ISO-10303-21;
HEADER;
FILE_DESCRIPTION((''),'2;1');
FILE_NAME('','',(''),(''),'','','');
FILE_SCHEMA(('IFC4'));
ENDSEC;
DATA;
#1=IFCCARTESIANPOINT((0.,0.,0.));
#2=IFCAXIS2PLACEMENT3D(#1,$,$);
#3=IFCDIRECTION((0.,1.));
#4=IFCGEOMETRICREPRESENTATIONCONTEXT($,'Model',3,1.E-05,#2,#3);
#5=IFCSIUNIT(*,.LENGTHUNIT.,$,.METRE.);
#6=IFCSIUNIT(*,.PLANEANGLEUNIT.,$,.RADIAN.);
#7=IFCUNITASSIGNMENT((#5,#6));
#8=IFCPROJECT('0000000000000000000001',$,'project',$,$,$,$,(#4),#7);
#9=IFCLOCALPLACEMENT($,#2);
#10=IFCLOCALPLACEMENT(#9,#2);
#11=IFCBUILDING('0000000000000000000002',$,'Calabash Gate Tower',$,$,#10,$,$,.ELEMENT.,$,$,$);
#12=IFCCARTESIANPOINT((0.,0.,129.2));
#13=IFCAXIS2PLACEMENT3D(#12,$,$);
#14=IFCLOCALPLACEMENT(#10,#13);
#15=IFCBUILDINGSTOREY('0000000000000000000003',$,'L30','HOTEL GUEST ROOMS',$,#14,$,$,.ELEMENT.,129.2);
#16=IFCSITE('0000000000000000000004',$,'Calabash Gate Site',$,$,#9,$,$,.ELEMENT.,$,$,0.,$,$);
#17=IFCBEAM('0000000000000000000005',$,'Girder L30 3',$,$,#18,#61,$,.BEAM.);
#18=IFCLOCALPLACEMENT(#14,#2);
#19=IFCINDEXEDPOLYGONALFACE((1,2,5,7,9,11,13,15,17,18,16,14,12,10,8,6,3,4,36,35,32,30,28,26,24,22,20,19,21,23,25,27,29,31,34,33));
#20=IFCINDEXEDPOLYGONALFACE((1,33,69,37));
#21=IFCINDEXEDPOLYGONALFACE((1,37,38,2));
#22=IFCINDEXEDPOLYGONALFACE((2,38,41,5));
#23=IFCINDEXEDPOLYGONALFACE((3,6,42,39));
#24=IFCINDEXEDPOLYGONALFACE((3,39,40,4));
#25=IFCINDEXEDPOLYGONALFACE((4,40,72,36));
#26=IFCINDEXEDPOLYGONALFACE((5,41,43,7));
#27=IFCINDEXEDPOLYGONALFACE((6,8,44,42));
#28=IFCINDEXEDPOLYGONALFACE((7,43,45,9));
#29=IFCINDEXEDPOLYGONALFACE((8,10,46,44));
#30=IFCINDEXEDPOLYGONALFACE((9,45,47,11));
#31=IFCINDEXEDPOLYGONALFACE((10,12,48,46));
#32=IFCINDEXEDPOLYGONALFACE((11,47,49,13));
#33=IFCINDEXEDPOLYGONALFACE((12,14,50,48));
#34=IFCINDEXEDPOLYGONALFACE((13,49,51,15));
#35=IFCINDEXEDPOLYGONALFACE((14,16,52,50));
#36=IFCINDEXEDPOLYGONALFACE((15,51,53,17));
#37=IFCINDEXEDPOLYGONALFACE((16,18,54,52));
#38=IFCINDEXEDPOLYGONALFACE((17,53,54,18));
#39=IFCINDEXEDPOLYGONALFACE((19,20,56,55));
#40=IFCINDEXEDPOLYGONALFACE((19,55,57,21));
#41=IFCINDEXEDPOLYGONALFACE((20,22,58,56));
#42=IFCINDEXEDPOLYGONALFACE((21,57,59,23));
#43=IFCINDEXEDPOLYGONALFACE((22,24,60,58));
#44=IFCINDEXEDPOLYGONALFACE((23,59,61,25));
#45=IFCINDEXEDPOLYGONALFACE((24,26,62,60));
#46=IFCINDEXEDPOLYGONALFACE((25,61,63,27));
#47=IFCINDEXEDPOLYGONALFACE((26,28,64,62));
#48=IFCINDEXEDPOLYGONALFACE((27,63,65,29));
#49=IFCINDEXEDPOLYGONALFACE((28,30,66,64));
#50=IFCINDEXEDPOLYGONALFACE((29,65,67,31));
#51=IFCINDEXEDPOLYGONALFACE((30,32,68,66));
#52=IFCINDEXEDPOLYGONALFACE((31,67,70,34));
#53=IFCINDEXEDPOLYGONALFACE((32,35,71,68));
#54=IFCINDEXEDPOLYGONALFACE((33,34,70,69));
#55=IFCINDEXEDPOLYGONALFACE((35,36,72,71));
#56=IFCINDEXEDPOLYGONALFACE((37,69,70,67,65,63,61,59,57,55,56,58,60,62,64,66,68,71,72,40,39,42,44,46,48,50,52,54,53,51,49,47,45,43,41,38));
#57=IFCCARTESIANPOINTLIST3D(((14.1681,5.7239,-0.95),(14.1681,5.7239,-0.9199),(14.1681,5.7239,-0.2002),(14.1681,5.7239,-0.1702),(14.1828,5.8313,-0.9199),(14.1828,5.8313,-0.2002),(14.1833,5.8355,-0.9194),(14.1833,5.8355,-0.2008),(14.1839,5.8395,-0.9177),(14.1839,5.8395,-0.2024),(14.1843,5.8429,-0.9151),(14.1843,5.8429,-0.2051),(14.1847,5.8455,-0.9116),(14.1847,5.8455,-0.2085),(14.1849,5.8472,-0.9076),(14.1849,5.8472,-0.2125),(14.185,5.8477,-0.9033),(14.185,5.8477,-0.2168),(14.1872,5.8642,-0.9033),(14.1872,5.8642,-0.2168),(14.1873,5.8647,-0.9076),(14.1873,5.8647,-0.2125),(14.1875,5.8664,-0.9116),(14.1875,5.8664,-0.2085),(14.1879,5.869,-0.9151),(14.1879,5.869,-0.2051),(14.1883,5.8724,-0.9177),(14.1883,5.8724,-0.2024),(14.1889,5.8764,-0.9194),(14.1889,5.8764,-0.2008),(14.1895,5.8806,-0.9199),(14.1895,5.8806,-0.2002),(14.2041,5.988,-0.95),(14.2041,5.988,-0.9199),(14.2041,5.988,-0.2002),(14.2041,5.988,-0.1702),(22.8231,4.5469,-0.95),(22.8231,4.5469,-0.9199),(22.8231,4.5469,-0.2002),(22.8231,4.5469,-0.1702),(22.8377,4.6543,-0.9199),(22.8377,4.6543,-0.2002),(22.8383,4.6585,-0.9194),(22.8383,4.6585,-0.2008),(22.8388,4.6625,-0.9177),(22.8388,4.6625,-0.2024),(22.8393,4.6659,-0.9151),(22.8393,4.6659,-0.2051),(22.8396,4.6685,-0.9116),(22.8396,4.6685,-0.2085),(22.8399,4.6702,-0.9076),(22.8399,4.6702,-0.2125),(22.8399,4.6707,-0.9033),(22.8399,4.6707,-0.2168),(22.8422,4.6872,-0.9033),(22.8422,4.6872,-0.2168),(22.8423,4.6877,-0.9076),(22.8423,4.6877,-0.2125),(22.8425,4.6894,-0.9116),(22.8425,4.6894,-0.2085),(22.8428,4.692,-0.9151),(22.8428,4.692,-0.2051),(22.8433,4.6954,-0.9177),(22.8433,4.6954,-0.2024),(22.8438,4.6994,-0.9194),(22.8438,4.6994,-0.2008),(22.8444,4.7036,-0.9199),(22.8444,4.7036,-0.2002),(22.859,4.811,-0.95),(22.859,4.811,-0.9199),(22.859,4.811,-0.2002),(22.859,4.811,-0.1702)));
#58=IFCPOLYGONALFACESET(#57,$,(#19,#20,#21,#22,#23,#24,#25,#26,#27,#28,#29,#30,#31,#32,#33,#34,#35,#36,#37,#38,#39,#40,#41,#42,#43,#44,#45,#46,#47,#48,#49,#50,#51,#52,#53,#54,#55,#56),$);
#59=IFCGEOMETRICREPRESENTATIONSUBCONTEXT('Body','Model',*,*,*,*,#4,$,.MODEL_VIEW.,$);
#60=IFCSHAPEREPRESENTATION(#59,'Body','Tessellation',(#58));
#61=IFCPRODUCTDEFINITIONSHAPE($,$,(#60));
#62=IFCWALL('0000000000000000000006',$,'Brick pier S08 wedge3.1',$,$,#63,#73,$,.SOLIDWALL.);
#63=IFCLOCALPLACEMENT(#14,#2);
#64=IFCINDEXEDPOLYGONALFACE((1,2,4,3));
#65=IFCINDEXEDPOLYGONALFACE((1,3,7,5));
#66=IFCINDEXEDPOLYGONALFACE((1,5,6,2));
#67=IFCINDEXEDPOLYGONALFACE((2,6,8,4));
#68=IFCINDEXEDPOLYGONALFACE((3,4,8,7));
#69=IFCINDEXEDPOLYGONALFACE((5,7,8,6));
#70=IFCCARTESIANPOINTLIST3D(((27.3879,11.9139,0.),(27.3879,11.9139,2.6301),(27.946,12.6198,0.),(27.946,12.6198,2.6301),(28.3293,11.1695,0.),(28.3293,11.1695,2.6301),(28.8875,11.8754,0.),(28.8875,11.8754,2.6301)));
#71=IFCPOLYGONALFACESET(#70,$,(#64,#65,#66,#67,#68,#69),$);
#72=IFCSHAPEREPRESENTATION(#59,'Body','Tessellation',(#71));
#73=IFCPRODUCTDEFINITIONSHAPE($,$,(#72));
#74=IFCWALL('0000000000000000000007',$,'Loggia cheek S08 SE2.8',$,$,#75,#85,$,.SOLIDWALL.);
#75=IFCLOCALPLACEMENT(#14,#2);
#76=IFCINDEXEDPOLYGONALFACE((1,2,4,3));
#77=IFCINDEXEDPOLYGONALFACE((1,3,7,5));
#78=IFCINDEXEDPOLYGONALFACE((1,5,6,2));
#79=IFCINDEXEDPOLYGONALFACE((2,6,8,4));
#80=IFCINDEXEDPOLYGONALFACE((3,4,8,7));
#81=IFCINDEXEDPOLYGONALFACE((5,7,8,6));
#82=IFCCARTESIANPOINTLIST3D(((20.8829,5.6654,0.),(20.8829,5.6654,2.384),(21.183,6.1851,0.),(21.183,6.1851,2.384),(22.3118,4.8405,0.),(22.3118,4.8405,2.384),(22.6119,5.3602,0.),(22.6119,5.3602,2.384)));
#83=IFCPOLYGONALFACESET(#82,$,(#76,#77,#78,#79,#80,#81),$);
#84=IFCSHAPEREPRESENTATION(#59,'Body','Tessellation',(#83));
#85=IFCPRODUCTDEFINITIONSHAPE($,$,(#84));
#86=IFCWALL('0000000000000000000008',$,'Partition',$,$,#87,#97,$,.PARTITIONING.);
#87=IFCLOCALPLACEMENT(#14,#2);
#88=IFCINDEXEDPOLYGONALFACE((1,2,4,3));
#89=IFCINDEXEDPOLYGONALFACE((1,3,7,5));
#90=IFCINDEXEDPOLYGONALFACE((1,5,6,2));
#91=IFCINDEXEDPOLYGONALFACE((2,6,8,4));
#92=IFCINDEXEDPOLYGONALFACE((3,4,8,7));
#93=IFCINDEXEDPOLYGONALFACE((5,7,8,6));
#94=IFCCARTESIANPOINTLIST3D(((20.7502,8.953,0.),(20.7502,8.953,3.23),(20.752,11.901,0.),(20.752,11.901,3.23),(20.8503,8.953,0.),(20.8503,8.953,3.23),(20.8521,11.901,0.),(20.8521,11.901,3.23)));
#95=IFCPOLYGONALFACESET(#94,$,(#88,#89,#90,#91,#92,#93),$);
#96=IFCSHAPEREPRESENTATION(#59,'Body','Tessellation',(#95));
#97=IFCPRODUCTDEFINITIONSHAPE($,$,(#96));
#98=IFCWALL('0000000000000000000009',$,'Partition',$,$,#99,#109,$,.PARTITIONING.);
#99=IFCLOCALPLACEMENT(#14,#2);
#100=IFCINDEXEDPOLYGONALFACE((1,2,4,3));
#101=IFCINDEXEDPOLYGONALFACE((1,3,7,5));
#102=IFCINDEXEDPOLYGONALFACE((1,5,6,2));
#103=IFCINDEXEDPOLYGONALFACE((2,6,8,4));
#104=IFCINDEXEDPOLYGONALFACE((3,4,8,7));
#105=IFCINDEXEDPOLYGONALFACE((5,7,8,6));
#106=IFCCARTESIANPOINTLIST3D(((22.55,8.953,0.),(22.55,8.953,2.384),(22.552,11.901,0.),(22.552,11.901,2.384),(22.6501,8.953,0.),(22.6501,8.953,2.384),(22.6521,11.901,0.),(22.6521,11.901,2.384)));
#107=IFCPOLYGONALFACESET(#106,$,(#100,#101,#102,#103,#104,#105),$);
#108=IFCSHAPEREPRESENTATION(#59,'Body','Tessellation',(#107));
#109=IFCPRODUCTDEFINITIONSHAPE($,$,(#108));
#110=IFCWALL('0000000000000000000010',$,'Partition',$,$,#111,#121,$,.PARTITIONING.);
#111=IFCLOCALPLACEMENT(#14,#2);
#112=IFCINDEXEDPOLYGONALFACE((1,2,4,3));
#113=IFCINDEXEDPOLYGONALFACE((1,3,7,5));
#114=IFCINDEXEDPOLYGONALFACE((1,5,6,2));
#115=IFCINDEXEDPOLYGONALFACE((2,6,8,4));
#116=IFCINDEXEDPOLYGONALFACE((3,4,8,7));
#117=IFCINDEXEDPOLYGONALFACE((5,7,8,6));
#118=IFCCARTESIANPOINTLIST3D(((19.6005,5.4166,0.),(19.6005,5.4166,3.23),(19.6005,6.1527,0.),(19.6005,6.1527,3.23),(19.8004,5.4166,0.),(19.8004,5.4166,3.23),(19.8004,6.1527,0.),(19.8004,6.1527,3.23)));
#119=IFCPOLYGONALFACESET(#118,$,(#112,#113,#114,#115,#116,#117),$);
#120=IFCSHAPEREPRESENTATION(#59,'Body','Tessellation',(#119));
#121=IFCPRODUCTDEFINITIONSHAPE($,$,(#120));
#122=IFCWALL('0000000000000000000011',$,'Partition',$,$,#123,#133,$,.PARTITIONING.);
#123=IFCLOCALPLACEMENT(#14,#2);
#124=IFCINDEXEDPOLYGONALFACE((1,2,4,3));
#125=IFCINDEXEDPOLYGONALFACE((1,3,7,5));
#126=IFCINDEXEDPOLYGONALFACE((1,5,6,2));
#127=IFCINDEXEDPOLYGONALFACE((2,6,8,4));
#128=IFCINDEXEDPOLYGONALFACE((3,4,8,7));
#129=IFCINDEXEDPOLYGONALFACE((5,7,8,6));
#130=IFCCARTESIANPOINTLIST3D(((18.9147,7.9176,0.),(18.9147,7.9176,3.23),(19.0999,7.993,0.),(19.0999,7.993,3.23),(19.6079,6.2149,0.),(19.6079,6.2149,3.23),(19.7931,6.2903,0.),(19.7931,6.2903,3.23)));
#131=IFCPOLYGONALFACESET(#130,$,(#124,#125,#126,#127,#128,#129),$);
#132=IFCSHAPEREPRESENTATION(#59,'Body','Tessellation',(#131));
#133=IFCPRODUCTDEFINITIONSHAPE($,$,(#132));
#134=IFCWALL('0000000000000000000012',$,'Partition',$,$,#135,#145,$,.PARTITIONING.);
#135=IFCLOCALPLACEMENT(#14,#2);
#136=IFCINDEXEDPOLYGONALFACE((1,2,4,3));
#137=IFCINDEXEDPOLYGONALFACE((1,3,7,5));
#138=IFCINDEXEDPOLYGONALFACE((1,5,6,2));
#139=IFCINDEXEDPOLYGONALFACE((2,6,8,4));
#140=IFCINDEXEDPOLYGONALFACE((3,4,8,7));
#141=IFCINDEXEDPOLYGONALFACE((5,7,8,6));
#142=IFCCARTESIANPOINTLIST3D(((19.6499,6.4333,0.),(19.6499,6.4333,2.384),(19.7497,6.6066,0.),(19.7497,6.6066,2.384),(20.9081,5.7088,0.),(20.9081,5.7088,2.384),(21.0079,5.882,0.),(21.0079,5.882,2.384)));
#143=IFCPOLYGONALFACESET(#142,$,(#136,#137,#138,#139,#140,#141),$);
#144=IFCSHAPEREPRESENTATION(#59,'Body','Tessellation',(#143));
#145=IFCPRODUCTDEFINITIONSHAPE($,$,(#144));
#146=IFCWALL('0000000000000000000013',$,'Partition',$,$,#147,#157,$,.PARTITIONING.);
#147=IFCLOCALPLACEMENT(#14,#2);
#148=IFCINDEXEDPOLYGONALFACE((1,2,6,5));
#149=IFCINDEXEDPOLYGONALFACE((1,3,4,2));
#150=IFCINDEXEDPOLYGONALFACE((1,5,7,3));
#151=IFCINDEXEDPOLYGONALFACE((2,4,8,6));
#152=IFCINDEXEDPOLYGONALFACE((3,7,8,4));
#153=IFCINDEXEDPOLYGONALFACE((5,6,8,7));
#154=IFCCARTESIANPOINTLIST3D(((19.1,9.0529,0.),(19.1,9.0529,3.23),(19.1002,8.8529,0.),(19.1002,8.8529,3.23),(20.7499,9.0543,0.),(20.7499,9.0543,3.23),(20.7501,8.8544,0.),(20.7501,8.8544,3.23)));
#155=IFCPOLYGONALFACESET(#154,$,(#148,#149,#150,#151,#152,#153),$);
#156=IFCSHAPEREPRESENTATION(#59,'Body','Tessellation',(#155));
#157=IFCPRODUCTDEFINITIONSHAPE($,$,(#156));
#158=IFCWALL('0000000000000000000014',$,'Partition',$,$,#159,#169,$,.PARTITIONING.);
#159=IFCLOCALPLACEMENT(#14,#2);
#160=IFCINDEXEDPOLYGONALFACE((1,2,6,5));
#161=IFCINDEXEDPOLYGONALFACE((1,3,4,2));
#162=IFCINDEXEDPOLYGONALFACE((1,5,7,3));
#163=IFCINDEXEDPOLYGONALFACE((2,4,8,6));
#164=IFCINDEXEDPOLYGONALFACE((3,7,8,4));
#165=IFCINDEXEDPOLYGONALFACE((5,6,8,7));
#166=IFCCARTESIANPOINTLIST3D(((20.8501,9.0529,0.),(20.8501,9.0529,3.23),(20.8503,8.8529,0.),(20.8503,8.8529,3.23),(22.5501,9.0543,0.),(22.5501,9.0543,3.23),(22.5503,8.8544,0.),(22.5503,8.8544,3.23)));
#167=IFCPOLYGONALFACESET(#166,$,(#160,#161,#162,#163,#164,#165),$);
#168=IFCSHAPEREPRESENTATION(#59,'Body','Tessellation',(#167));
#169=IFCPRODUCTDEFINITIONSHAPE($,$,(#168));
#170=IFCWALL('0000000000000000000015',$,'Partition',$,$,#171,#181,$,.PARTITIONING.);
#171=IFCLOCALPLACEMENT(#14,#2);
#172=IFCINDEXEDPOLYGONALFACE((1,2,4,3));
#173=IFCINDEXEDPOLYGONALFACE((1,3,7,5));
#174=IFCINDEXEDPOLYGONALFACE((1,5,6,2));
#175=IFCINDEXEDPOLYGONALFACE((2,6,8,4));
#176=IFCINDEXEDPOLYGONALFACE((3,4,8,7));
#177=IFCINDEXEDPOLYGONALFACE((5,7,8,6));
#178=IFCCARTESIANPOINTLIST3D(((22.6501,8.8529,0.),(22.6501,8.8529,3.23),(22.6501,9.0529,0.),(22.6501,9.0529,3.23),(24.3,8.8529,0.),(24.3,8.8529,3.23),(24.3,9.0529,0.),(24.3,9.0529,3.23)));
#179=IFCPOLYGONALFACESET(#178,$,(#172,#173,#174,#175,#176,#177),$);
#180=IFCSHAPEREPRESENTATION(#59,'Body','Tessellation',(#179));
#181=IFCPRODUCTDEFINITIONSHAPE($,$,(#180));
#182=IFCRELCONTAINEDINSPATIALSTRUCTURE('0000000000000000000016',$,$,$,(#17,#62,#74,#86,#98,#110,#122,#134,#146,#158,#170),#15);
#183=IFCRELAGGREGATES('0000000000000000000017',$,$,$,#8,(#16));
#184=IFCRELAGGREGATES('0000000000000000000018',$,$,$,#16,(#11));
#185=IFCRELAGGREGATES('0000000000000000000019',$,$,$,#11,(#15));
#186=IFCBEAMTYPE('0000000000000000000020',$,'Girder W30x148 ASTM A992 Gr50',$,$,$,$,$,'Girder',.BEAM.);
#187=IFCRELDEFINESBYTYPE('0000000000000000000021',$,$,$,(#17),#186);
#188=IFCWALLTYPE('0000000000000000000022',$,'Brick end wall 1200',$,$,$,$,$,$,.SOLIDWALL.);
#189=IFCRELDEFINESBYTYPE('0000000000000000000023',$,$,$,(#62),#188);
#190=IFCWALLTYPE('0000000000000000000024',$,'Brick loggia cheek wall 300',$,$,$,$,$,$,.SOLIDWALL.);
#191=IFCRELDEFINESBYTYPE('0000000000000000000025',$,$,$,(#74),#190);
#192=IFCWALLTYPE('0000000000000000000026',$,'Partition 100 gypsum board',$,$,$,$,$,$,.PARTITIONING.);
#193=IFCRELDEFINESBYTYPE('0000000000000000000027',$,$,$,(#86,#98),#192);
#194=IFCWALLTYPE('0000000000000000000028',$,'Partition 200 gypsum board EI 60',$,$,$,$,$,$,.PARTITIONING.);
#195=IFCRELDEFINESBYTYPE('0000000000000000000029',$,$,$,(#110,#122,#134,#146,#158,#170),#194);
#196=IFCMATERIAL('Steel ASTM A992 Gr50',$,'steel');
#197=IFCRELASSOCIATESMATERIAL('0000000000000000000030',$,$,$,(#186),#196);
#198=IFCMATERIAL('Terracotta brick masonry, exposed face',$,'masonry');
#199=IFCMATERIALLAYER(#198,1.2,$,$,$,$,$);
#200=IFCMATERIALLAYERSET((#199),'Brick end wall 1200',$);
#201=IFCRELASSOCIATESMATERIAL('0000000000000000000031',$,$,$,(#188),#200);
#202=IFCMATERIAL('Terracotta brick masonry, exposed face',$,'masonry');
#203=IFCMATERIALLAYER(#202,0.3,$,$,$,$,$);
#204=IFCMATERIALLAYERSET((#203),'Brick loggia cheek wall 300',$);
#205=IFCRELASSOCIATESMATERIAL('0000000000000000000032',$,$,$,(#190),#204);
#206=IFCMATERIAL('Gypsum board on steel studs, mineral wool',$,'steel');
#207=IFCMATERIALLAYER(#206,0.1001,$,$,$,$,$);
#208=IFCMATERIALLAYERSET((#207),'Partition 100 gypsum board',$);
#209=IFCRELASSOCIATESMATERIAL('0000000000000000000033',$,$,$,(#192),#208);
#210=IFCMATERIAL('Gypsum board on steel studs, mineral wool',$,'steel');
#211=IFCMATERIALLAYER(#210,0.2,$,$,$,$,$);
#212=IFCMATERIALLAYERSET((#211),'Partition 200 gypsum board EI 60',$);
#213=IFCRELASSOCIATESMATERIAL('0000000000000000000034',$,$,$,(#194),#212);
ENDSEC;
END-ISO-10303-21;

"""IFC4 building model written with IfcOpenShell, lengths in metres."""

from ifc_helpers import new_model, si_unit, direction, frame, frame_2d, origin, origin_2d, place, context, subcontext, project, spatial, rectangle, i_section, extrude, material, layer, layer_set, material_profile, profile_set, type_object, element, save


model = new_model("IFC4")

# Units and contexts
model_context = context("Model", 3, precision=1e-05, world=origin(), true_north=direction((0.0, 1.0)))
body_context = subcontext(model_context, "Body", "Model", "MODEL_VIEW")
ifc_project = project(units=[si_unit("LENGTHUNIT", "METRE"), si_unit("PLANEANGLEUNIT", "RADIAN")], contexts=[model_context])

# Site, building, storey
site_placement = place(None, origin())
site = spatial("IfcSite", under=ifc_project, at=site_placement, Name="Calabash Gate Site", CompositionType="ELEMENT", RefElevation=0.0)
building_placement = place(site_placement, origin())
building = spatial("IfcBuilding", under=site, at=building_placement, Name="Calabash Gate Tower", CompositionType="ELEMENT")
storey_placement = place(building_placement, frame((0.0, 0.0, 129.2)))
storey = spatial("IfcBuildingStorey", under=building, at=storey_placement, Name="L30", Description="HOTEL GUEST ROOMS", CompositionType="ELEMENT", Elevation=129.2)

# Beam
ifc_material_1 = material(Name="Steel ASTM A992 Gr50", Category="steel")
ifc_material_profile_1 = material_profile(ifc_material_1, i_section(OverallWidth=0.2666, OverallDepth=0.7798, WebThickness=0.0166, FlangeThickness=0.03, FilletRadius=0.0166, at=origin_2d()))
ifc_profile_set_1 = profile_set([ifc_material_profile_1], Name="Steel ASTM A992 Gr50")
beam_type_1 = type_object("IfcBeamType", Name="Girder W30x148 ASTM A992 Gr50", ElementType="Girder", PredefinedType="BEAM", material=ifc_profile_set_1)
beam_1_placement = place(storey_placement, frame((22.8411, 4.679, -0.5601), z_axis=(-0.99088, 0.13475, 0.0), x_axis=(-0.13475, -0.99088, 0.0)))
element("IfcBeam", 1, at=beam_1_placement, inside=storey, type_object=beam_type_1, Name="Girder L30 3", PredefinedType="BEAM", context=body_context, shape_type="SweptSolid", body=[
    extrude(i_section(OverallWidth=0.2666, OverallDepth=0.7798, WebThickness=0.0166, FlangeThickness=0.03, FilletRadius=0.0166, at=origin_2d()), origin(), (0.0, 0.0, 1.0), 8.7346),
])

# Walls
ifc_material_2 = material(Name="Terracotta brick masonry, exposed face", Category="masonry")
ifc_layer_1 = layer(ifc_material_2, 1.2)
ifc_layer_set_1 = layer_set([ifc_layer_1], Name="Brick end wall 1200")
wall_type_1 = type_object("IfcWallType", Name="Brick end wall 1200", PredefinedType="SOLIDWALL", material=ifc_layer_set_1)
wall_1_placement = place(storey_placement, frame((28.6084, 11.5225, 0.0), z_axis=(0.0, 0.0, 1.0), x_axis=(-0.784409, 0.620244, 0.0)))
element("IfcWall", 2, at=wall_1_placement, inside=storey, type_object=wall_type_1, Name="Brick pier S08 wedge3.1", PredefinedType="SOLIDWALL", context=body_context, shape_type="SweptSolid", body=[
    extrude(rectangle(XDim=1.2002, YDim=0.8999, at=frame_2d((0.6001, 0.0))), origin(), (0.0, 0.0, 1.0), 2.6301),
])
ifc_material_3 = material(Name="Terracotta brick masonry, exposed face", Category="masonry")
ifc_layer_2 = layer(ifc_material_3, 0.3)
ifc_layer_set_2 = layer_set([ifc_layer_2], Name="Brick loggia cheek wall 300")
wall_type_2 = type_object("IfcWallType", Name="Brick loggia cheek wall 300", PredefinedType="SOLIDWALL", material=ifc_layer_set_2)
wall_2_placement = place(storey_placement, frame((21.033, 5.9253, 0.0), z_axis=(0.0, 0.0, 1.0), x_axis=(0.86604, -0.499974, 0.0)))
element("IfcWall", 3, at=wall_2_placement, inside=storey, type_object=wall_type_2, Name="Loggia cheek S08 SE2.8", PredefinedType="SOLIDWALL", context=body_context, shape_type="SweptSolid", body=[
    extrude(rectangle(XDim=1.6499, YDim=0.6001, at=frame_2d((0.825, 0.0))), origin(), (0.0, 0.0, 1.0), 2.384),
])
ifc_material_4 = material(Name="Gypsum board on steel studs, mineral wool", Category="steel")
ifc_layer_3 = layer(ifc_material_4, 0.1001)
ifc_layer_set_3 = layer_set([ifc_layer_3], Name="Partition 100 gypsum board")
wall_type_3 = type_object("IfcWallType", Name="Partition 100 gypsum board", PredefinedType="PARTITIONING", material=ifc_layer_set_3)
wall_3_placement = place(storey_placement, frame((20.8003, 8.9529, 0.0), z_axis=(0.0, 0.0, 1.0), x_axis=(0.00058, 1.0, 0.0)))
element("IfcWall", 4, at=wall_3_placement, inside=storey, type_object=wall_type_3, Name="Partition", PredefinedType="PARTITIONING", context=body_context, shape_type="SweptSolid", body=[
    extrude(rectangle(XDim=2.948, YDim=0.1001, at=frame_2d((1.4741, 0.0))), origin(), (0.0, 0.0, 1.0), 3.23),
])
wall_4_placement = place(storey_placement, frame((22.6001, 8.9529, 0.0), z_axis=(0.0, 0.0, 1.0), x_axis=(0.000663, 1.0, 0.0)))
element("IfcWall", 5, at=wall_4_placement, inside=storey, type_object=wall_type_3, Name="Partition", PredefinedType="PARTITIONING", context=body_context, shape_type="SweptSolid", body=[
    extrude(rectangle(XDim=2.948, YDim=0.1001, at=frame_2d((1.4741, 0.0))), origin(), (0.0, 0.0, 1.0), 2.384),
])
ifc_material_5 = material(Name="Gypsum board on steel studs, mineral wool", Category="steel")
ifc_layer_4 = layer(ifc_material_5, 0.2)
ifc_layer_set_4 = layer_set([ifc_layer_4], Name="Partition 200 gypsum board EI 60")
wall_type_4 = type_object("IfcWallType", Name="Partition 200 gypsum board EI 60", PredefinedType="PARTITIONING", material=ifc_layer_set_4)
wall_5_placement = place(storey_placement, frame((19.7004, 5.4165, 0.0), z_axis=(0.0, 0.0, 1.0), x_axis=(0.0, 1.0, 0.0)))
element("IfcWall", 6, at=wall_5_placement, inside=storey, type_object=wall_type_4, Name="Partition", PredefinedType="PARTITIONING", context=body_context, shape_type="SweptSolid", body=[
    extrude(rectangle(XDim=0.7361, YDim=0.2, at=frame_2d((0.3682, 0.0))), origin(), (0.0, 0.0, 1.0), 3.23),
])
wall_6_placement = place(storey_placement, frame((19.0073, 7.9553, 0.0), z_axis=(0.0, 0.0, 1.0), x_axis=(0.37704, -0.926197, 0.0)))
element("IfcWall", 7, at=wall_6_placement, inside=storey, type_object=wall_type_4, Name="Partition", PredefinedType="PARTITIONING", context=body_context, shape_type="SweptSolid", body=[
    extrude(rectangle(XDim=1.8384, YDim=0.2, at=frame_2d((0.9192, 0.0))), origin(), (0.0, 0.0, 1.0), 3.23),
])
wall_7_placement = place(storey_placement, frame((19.6997, 6.52, 0.0), z_axis=(0.0, 0.0, 1.0), x_axis=(0.866583, -0.499033, 0.0)))
element("IfcWall", 8, at=wall_7_placement, inside=storey, type_object=wall_type_4, Name="Partition", PredefinedType="PARTITIONING", context=body_context, shape_type="SweptSolid", body=[
    extrude(rectangle(XDim=1.4519, YDim=0.2, at=frame_2d((0.7261, 0.0))), origin(), (0.0, 0.0, 1.0), 2.384),
])
wall_8_placement = place(storey_placement, frame((19.1001, 8.9529, 0.0), z_axis=(0.0, 0.0, 1.0), x_axis=(1.0, 0.000888, 0.0)))
element("IfcWall", 9, at=wall_8_placement, inside=storey, type_object=wall_type_4, Name="Partition", PredefinedType="PARTITIONING", context=body_context, shape_type="SweptSolid", body=[
    extrude(rectangle(XDim=1.6499, YDim=0.2, at=frame_2d((0.825, 0.0))), origin(), (0.0, 0.0, 1.0), 3.23),
])
wall_9_placement = place(storey_placement, frame((20.8501, 8.9529, 0.0), z_axis=(0.0, 0.0, 1.0), x_axis=(1.0, 0.000862, 0.0)))
element("IfcWall", 10, at=wall_9_placement, inside=storey, type_object=wall_type_4, Name="Partition", PredefinedType="PARTITIONING", context=body_context, shape_type="SweptSolid", body=[
    extrude(rectangle(XDim=1.7, YDim=0.2, at=frame_2d((0.8501, 0.0))), origin(), (0.0, 0.0, 1.0), 3.23),
])
wall_10_placement = place(storey_placement, frame((22.6501, 8.9529, 0.0), z_axis=(0.0, 0.0, 1.0), x_axis=(1.0, 0.0, 0.0)))
element("IfcWall", 11, at=wall_10_placement, inside=storey, type_object=wall_type_4, Name="Partition", PredefinedType="PARTITIONING", context=body_context, shape_type="SweptSolid", body=[
    extrude(rectangle(XDim=1.6499, YDim=0.2, at=frame_2d((0.825, 0.0))), origin(), (0.0, 0.0, 1.0), 3.23),
])

save(model, "model.ifc")
